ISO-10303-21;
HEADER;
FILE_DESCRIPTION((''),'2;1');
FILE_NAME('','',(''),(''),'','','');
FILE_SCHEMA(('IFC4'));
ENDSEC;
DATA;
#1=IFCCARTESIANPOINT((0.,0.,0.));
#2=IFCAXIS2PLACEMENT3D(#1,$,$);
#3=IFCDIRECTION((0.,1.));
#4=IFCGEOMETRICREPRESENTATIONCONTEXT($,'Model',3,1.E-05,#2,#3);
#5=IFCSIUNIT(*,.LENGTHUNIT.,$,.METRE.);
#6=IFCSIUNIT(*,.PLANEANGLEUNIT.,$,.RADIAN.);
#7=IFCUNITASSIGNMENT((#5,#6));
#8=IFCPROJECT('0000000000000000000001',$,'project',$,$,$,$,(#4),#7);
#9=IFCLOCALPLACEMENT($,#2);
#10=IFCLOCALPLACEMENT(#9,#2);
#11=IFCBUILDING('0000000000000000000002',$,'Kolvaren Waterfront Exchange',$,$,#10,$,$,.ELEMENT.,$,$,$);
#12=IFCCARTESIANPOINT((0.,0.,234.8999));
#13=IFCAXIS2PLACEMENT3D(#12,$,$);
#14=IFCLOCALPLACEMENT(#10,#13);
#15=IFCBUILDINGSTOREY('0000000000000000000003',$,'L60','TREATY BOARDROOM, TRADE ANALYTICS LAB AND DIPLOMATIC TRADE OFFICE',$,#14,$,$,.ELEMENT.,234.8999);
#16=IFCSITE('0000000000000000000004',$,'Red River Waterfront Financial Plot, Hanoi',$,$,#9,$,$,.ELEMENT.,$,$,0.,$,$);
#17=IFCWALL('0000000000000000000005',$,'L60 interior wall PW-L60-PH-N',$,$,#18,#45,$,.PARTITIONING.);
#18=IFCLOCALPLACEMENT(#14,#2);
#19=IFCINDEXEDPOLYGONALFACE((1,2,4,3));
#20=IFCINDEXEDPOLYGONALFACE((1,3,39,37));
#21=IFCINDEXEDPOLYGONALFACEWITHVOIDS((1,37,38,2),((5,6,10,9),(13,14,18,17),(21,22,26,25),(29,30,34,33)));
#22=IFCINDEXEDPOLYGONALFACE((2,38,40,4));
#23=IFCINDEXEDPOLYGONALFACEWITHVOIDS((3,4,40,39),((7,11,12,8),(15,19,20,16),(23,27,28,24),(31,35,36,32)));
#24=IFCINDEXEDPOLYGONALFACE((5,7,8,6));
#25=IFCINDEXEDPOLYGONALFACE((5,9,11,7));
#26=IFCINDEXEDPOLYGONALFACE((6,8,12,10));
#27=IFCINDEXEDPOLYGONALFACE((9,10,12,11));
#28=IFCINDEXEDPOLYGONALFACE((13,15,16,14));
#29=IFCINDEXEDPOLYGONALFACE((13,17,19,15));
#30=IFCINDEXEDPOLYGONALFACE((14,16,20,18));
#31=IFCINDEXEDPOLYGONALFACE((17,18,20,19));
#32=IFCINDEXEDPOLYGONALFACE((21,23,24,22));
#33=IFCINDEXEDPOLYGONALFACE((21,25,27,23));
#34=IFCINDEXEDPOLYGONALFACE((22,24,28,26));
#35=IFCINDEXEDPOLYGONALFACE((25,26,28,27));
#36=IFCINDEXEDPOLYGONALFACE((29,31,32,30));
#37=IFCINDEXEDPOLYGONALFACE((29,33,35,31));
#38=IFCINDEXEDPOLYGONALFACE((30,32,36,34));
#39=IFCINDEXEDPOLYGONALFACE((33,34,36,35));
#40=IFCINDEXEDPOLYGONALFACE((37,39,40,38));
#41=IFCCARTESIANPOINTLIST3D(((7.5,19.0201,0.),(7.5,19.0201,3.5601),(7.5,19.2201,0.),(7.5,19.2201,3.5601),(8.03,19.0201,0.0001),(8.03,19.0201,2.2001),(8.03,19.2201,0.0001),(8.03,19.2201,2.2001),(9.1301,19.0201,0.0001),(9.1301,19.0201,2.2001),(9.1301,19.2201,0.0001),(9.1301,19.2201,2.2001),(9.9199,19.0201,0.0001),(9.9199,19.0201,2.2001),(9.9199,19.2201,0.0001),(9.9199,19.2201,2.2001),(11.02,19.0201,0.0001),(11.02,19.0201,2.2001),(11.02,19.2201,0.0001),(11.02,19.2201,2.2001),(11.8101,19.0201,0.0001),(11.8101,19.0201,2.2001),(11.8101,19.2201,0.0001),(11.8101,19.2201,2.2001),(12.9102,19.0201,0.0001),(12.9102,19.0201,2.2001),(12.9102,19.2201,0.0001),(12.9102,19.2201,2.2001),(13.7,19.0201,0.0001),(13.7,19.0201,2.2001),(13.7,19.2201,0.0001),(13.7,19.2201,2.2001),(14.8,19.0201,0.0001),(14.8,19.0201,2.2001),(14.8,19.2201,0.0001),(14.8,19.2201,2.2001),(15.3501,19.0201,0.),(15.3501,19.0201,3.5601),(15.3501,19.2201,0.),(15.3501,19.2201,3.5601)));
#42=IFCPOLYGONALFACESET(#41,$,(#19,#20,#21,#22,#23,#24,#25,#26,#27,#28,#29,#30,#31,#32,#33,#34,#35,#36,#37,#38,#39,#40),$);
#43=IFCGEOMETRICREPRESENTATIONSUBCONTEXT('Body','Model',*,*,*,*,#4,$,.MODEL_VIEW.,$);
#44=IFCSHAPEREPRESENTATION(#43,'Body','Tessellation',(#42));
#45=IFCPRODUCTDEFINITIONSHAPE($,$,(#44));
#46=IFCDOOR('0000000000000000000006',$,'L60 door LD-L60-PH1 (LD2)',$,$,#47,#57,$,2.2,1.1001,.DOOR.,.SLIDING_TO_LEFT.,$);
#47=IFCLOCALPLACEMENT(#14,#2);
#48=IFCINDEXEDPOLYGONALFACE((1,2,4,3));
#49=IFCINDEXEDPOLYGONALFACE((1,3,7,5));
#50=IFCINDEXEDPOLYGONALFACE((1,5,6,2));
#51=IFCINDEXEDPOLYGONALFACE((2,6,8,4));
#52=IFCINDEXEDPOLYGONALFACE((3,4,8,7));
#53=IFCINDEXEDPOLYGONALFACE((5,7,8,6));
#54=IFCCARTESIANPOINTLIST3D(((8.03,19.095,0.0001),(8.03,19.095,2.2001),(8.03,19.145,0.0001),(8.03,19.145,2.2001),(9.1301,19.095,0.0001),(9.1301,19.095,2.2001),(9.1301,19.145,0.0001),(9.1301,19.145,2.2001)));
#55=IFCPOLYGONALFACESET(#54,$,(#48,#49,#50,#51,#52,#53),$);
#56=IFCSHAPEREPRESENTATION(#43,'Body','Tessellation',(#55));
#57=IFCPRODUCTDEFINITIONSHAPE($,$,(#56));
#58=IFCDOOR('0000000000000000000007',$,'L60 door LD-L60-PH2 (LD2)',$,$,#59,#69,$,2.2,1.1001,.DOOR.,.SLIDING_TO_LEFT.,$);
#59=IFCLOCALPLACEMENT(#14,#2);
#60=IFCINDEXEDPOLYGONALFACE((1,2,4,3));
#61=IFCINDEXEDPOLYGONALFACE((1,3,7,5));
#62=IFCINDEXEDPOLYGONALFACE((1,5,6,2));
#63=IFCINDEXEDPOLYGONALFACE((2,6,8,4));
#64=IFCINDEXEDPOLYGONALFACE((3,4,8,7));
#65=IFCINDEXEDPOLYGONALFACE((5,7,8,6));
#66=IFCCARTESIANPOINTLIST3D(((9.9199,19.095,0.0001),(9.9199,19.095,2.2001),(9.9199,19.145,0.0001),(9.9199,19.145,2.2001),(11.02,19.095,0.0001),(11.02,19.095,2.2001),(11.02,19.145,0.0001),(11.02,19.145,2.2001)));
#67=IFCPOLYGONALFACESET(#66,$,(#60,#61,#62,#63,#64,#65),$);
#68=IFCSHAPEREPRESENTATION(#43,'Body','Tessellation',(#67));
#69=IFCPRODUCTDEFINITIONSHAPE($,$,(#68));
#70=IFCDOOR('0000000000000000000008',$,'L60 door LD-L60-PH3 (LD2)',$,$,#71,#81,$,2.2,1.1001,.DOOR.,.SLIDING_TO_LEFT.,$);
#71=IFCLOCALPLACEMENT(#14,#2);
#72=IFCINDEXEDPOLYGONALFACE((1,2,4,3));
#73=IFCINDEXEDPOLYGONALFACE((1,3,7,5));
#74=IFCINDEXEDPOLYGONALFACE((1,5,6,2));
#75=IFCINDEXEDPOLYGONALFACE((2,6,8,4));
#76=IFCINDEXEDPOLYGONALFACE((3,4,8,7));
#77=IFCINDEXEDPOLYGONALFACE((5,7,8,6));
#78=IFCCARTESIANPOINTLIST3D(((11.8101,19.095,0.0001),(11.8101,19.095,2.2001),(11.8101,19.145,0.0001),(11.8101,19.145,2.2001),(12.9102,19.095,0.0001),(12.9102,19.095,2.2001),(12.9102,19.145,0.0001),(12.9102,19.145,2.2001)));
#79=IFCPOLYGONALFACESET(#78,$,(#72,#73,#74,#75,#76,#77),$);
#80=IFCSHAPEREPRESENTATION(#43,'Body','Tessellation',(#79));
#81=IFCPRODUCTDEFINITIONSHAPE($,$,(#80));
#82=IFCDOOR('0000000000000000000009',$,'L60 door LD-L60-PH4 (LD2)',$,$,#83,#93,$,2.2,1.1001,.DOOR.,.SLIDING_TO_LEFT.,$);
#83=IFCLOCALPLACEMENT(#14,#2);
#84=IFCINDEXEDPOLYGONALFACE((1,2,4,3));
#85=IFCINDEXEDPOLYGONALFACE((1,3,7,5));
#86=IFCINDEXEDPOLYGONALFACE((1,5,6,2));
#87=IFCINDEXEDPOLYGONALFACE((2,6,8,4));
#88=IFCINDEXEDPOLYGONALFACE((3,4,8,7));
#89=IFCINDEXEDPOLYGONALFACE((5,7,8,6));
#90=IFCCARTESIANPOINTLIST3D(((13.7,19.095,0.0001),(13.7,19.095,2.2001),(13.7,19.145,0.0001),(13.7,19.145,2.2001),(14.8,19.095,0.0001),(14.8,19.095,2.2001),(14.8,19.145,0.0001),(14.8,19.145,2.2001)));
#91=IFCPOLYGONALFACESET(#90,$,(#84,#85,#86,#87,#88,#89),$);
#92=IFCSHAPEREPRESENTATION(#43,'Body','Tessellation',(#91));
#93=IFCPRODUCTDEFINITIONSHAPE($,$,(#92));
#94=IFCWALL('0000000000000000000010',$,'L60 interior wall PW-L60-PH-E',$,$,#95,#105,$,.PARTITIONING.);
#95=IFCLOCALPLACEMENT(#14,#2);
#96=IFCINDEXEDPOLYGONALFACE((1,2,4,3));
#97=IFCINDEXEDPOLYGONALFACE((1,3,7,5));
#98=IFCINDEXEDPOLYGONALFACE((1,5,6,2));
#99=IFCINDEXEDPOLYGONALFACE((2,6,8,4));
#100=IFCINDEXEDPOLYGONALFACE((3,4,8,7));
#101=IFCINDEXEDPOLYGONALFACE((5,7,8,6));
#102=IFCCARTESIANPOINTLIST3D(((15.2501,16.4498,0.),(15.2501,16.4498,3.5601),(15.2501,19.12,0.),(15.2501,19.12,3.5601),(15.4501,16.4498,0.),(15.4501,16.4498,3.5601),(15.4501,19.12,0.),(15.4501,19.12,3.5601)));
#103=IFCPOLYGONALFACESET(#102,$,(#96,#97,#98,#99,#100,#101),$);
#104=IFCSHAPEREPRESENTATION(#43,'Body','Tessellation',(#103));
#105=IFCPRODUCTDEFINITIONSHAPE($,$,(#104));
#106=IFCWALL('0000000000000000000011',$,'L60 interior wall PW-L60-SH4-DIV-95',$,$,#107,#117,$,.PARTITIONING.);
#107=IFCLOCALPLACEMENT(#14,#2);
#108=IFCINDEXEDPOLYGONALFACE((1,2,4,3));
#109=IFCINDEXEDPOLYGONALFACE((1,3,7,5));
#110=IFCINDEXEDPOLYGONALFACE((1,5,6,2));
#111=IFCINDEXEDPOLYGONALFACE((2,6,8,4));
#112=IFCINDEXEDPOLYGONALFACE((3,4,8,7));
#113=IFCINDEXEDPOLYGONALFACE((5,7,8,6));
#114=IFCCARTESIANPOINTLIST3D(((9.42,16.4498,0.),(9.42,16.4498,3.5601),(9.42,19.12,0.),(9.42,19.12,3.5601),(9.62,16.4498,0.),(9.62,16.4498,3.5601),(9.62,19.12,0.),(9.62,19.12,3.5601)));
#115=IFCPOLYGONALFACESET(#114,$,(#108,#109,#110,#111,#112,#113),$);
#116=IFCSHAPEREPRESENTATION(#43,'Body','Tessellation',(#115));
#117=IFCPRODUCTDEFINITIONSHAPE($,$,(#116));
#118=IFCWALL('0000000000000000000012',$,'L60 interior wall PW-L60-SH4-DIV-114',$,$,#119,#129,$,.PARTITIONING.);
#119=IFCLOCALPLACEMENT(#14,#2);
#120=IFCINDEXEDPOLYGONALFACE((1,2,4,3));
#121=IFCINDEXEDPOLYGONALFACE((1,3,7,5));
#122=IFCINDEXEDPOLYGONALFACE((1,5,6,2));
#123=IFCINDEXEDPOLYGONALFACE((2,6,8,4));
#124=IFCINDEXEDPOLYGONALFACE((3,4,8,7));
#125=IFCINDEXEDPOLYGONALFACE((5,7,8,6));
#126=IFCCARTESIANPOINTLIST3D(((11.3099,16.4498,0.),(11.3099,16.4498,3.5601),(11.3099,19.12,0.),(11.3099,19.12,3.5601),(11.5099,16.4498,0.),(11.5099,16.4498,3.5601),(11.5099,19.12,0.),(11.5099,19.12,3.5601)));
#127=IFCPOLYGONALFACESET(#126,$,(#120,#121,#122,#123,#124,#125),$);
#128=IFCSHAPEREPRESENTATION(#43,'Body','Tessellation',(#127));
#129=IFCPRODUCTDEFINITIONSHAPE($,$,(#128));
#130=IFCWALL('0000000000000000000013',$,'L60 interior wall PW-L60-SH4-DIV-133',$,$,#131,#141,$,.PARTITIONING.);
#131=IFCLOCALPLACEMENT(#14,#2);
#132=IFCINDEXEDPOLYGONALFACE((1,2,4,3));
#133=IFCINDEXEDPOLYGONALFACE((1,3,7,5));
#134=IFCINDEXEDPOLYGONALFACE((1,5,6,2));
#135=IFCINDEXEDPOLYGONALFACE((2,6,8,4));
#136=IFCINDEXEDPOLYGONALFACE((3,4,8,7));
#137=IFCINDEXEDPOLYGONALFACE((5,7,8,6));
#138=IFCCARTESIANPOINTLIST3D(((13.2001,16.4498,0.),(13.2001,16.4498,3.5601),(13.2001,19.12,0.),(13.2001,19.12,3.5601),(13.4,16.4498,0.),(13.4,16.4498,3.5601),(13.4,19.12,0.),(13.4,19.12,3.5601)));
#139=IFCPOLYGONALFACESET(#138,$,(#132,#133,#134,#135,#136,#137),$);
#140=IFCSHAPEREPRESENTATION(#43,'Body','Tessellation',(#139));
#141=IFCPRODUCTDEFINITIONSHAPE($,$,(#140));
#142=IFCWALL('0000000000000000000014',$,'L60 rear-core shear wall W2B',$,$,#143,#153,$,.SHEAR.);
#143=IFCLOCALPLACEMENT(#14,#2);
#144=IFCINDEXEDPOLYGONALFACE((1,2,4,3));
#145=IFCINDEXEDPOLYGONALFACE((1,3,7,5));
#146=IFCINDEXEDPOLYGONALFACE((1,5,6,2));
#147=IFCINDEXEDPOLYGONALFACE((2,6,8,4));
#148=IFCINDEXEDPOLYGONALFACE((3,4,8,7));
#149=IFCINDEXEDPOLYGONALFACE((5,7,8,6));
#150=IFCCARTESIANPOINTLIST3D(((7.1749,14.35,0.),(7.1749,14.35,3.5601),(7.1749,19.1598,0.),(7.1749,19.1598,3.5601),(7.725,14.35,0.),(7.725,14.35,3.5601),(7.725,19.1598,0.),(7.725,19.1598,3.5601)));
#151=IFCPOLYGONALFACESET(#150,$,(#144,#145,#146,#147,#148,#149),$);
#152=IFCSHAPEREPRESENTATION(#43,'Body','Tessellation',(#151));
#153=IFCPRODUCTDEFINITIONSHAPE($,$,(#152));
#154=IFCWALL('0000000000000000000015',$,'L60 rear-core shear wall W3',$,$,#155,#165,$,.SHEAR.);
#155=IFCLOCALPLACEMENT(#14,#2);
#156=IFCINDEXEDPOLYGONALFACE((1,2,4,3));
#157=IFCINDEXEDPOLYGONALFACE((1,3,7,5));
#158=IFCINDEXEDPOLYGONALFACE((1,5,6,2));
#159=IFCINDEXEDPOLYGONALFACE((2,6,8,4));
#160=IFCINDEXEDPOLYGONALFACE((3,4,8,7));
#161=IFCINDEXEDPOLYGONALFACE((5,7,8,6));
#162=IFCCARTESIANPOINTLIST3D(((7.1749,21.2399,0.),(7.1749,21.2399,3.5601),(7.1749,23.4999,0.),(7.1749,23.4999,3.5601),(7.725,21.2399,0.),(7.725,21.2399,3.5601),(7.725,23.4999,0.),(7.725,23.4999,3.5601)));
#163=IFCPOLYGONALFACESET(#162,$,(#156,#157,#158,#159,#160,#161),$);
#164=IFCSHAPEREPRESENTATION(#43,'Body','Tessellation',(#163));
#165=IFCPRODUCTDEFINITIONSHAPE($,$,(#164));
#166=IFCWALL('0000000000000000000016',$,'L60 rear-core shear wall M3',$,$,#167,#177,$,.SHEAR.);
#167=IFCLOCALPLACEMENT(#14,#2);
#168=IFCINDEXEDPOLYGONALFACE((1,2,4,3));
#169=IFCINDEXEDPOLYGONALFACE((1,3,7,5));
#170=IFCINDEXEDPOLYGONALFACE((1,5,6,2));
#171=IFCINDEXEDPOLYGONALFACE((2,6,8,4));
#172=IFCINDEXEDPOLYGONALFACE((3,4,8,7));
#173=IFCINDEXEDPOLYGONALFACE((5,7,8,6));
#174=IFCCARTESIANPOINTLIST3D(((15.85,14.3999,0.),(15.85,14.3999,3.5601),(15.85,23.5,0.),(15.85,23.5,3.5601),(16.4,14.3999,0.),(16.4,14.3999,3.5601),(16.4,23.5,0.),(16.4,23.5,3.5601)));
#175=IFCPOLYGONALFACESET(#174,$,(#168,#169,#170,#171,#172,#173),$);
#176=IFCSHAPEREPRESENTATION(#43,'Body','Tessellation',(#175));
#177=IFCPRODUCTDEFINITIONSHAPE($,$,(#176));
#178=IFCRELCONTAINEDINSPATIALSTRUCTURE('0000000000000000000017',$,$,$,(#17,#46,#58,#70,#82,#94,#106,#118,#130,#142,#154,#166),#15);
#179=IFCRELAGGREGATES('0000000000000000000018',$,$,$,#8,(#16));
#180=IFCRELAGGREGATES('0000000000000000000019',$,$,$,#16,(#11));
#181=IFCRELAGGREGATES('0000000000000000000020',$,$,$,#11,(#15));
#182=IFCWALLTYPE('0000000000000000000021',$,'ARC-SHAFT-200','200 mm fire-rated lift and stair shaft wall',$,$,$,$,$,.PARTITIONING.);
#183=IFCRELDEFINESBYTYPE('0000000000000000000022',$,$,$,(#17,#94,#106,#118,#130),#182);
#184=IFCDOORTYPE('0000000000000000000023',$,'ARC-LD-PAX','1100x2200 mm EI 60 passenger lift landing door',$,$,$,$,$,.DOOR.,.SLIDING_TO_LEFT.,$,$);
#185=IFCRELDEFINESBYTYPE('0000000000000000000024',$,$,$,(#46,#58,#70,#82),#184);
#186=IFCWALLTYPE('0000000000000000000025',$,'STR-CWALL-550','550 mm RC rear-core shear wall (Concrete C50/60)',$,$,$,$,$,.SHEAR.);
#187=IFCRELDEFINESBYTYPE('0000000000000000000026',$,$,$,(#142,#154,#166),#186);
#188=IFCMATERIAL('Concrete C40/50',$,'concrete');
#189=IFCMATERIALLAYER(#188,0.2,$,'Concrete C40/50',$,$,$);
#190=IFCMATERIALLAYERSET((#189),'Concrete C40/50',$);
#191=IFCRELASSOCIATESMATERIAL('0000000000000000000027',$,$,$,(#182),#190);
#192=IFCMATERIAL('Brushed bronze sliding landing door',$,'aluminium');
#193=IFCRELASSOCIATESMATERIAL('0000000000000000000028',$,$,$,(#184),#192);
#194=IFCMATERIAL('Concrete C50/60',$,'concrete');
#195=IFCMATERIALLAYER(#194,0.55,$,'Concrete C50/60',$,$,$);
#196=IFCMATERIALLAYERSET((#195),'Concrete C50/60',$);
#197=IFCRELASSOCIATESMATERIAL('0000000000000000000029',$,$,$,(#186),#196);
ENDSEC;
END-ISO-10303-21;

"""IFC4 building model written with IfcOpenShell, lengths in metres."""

from ifc_helpers import new_model, si_unit, direction, frame, frame_2d, origin, place, context, subcontext, project, spatial, rectangle, extrude, material, layer, layer_set, type_object, element, fill, save


model = new_model("IFC4")

# Units and contexts
model_context = context("Model", 3, precision=1e-05, world=origin(), true_north=direction((0.0, 1.0)))
body_context = subcontext(model_context, "Body", "Model", "MODEL_VIEW")
ifc_project = project(units=[si_unit("LENGTHUNIT", "METRE"), si_unit("PLANEANGLEUNIT", "RADIAN")], contexts=[model_context])

# Site, building, storey
site_placement = place(None, origin())
site = spatial("IfcSite", under=ifc_project, at=site_placement, Name="Red River Waterfront Financial Plot, Hanoi", CompositionType="ELEMENT", RefElevation=0.0)
building_placement = place(site_placement, origin())
building = spatial("IfcBuilding", under=site, at=building_placement, Name="Kolvaren Waterfront Exchange", CompositionType="ELEMENT")
storey_placement = place(building_placement, frame((0.0, 0.0, 234.8999)))
storey = spatial("IfcBuildingStorey", under=building, at=storey_placement, Name="L60", Description="TREATY BOARDROOM, TRADE ANALYTICS LAB AND DIPLOMATIC TRADE OFFICE", CompositionType="ELEMENT", Elevation=234.8999)

# Shared definitions
ifc_material_1 = material(Name="Concrete C40/50", Category="concrete")
ifc_layer_1 = layer(ifc_material_1, 0.2, Name="Concrete C40/50")
ifc_layer_set_1 = layer_set([ifc_layer_1], Name="Concrete C40/50")
wall_type_1 = type_object("IfcWallType", Name="ARC-SHAFT-200", Description="200 mm fire-rated lift and stair shaft wall", PredefinedType="PARTITIONING", material=ifc_layer_set_1)

# Wall, openings, doors
wall_1_placement = place(storey_placement, frame((7.5, 19.1201, 0.0), z_axis=(0.0, 0.0, 1.0), x_axis=(1.0, 0.0, 0.0)))
wall_1 = element("IfcWall", 1, at=wall_1_placement, inside=storey, type_object=wall_type_1, Name="L60 interior wall PW-L60-PH-N", PredefinedType="PARTITIONING", context=body_context, shape_type="SweptSolid", body=[
    extrude(rectangle(XDim=7.8501, YDim=0.2, at=frame_2d((3.925, 0.0))), origin(), (0.0, 0.0, 1.0), 3.5601),
])
opening_1_placement = place(wall_1_placement, frame((0.53, 0.0, 0.0)))
opening_1 = element("IfcOpeningElement", 2, at=opening_1_placement, cuts=wall_1, PredefinedType="OPENING", context=body_context, shape_type="SweptSolid", body=[
    extrude(rectangle(XDim=1.1001, YDim=2.2, at=frame_2d((0.55, 1.1001))), frame((0.0, 0.1099, 0.0), z_axis=(0.0, -1.0, 0.0), x_axis=(1.0, 0.0, 0.0)), (0.0, 0.0, 1.0), 0.22),
])
opening_2_placement = place(wall_1_placement, frame((2.4199, 0.0, 0.0)))
opening_2 = element("IfcOpeningElement", 3, at=opening_2_placement, cuts=wall_1, PredefinedType="OPENING", context=body_context, shape_type="SweptSolid", body=[
    extrude(rectangle(XDim=1.1001, YDim=2.2, at=frame_2d((0.55, 1.1001))), frame((0.0, 0.1099, 0.0), z_axis=(0.0, -1.0, 0.0), x_axis=(1.0, 0.0, 0.0)), (0.0, 0.0, 1.0), 0.22),
])
opening_3_placement = place(wall_1_placement, frame((4.3101, 0.0, 0.0)))
opening_3 = element("IfcOpeningElement", 4, at=opening_3_placement, cuts=wall_1, PredefinedType="OPENING", context=body_context, shape_type="SweptSolid", body=[
    extrude(rectangle(XDim=1.1001, YDim=2.2, at=frame_2d((0.55, 1.1001))), frame((0.0, 0.1099, 0.0), z_axis=(0.0, -1.0, 0.0), x_axis=(1.0, 0.0, 0.0)), (0.0, 0.0, 1.0), 0.22),
])
opening_4_placement = place(wall_1_placement, frame((6.2, 0.0, 0.0)))
opening_4 = element("IfcOpeningElement", 5, at=opening_4_placement, cuts=wall_1, PredefinedType="OPENING", context=body_context, shape_type="SweptSolid", body=[
    extrude(rectangle(XDim=1.1001, YDim=2.2, at=frame_2d((0.55, 1.1001))), frame((0.0, 0.1099, 0.0), z_axis=(0.0, -1.0, 0.0), x_axis=(1.0, 0.0, 0.0)), (0.0, 0.0, 1.0), 0.22),
])
ifc_material_2 = material(Name="Brushed bronze sliding landing door", Category="aluminium")
door_type_1 = type_object("IfcDoorType", Name="ARC-LD-PAX", Description="1100x2200 mm EI 60 passenger lift landing door", OperationType="SLIDING_TO_LEFT", PredefinedType="DOOR", material=ifc_material_2)
door_1_placement = place(opening_1_placement, origin())
door_1 = element("IfcDoor", 6, at=door_1_placement, inside=storey, type_object=door_type_1, Name="L60 door LD-L60-PH1 (LD2)", OperationType="SLIDING_TO_LEFT", OverallHeight=2.2, OverallWidth=1.1001, PredefinedType="DOOR", context=body_context, shape_type="SweptSolid", body=[
    extrude(rectangle(XDim=1.1001, YDim=2.2, at=frame_2d((0.55, 1.1001))), frame((0.0, 0.0249, 0.0), z_axis=(0.0, -1.0, 0.0), x_axis=(1.0, 0.0, 0.0)), (0.0, 0.0, 1.0), 0.05),
])
fill(opening_1, door_1)
door_2_placement = place(opening_2_placement, origin())
door_2 = element("IfcDoor", 7, at=door_2_placement, inside=storey, type_object=door_type_1, Name="L60 door LD-L60-PH2 (LD2)", OperationType="SLIDING_TO_LEFT", OverallHeight=2.2, OverallWidth=1.1001, PredefinedType="DOOR", context=body_context, shape_type="SweptSolid", body=[
    extrude(rectangle(XDim=1.1001, YDim=2.2, at=frame_2d((0.55, 1.1001))), frame((0.0, 0.0249, 0.0), z_axis=(0.0, -1.0, 0.0), x_axis=(1.0, 0.0, 0.0)), (0.0, 0.0, 1.0), 0.05),
])
fill(opening_2, door_2)
door_3_placement = place(opening_3_placement, origin())
door_3 = element("IfcDoor", 8, at=door_3_placement, inside=storey, type_object=door_type_1, Name="L60 door LD-L60-PH3 (LD2)", OperationType="SLIDING_TO_LEFT", OverallHeight=2.2, OverallWidth=1.1001, PredefinedType="DOOR", context=body_context, shape_type="SweptSolid", body=[
    extrude(rectangle(XDim=1.1001, YDim=2.2, at=frame_2d((0.55, 1.1001))), frame((0.0, 0.0249, 0.0), z_axis=(0.0, -1.0, 0.0), x_axis=(1.0, 0.0, 0.0)), (0.0, 0.0, 1.0), 0.05),
])
fill(opening_3, door_3)
door_4_placement = place(opening_4_placement, origin())
door_4 = element("IfcDoor", 9, at=door_4_placement, inside=storey, type_object=door_type_1, Name="L60 door LD-L60-PH4 (LD2)", OperationType="SLIDING_TO_LEFT", OverallHeight=2.2, OverallWidth=1.1001, PredefinedType="DOOR", context=body_context, shape_type="SweptSolid", body=[
    extrude(rectangle(XDim=1.1001, YDim=2.2, at=frame_2d((0.55, 1.1001))), frame((0.0, 0.0249, 0.0), z_axis=(0.0, -1.0, 0.0), x_axis=(1.0, 0.0, 0.0)), (0.0, 0.0, 1.0), 0.05),
])
fill(opening_4, door_4)

# Walls
for number, where, z_axis, x_axis, name in (
    (10, (15.3501, 16.45, 0.0), (0.0, 0.0, 1.0), (0.0, 1.0, 0.0), "L60 interior wall PW-L60-PH-E"),
    (11, (9.52, 16.45, 0.0), (0.0, 0.0, 1.0), (0.0, 1.0, 0.0), "L60 interior wall PW-L60-SH4-DIV-95"),
    (12, (11.4099, 16.45, 0.0), (0.0, 0.0, 1.0), (0.0, 1.0, 0.0), "L60 interior wall PW-L60-SH4-DIV-114"),
    (13, (13.3, 16.45, 0.0), (0.0, 0.0, 1.0), (0.0, 1.0, 0.0), "L60 interior wall PW-L60-SH4-DIV-133"),
):
    element("IfcWall", number, at=place(storey_placement, frame(where, z_axis=z_axis, x_axis=x_axis)), inside=storey, type_object=wall_type_1, Name=name, PredefinedType="PARTITIONING", context=body_context, shape_type="SweptSolid", body=[
        extrude(rectangle(XDim=2.6702, YDim=0.2, at=frame_2d((1.335, 0.0))), origin(), (0.0, 0.0, 1.0), 3.5601),
    ])
ifc_material_3 = material(Name="Concrete C50/60", Category="concrete")
ifc_layer_2 = layer(ifc_material_3, 0.55, Name="Concrete C50/60")
ifc_layer_set_2 = layer_set([ifc_layer_2], Name="Concrete C50/60")
wall_type_2 = type_object("IfcWallType", Name="STR-CWALL-550", Description="550 mm RC rear-core shear wall (Concrete C50/60)", PredefinedType="SHEAR", material=ifc_layer_set_2)
wall_2_placement = place(storey_placement, frame((7.45, 14.3501, 0.0), z_axis=(0.0, 0.0, 1.0), x_axis=(0.0, 1.0, 0.0)))
element("IfcWall", 14, at=wall_2_placement, inside=storey, type_object=wall_type_2, Name="L60 rear-core shear wall W2B", PredefinedType="SHEAR", context=body_context, shape_type="SweptSolid", body=[
    extrude(rectangle(XDim=4.8098, YDim=0.55, at=frame_2d((2.4048, 0.0))), origin(), (0.0, 0.0, 1.0), 3.5601),
])
wall_3_placement = place(storey_placement, frame((7.45, 21.24, 0.0), z_axis=(0.0, 0.0, 1.0), x_axis=(0.0, 1.0, 0.0)))
element("IfcWall", 15, at=wall_3_placement, inside=storey, type_object=wall_type_2, Name="L60 rear-core shear wall W3", PredefinedType="SHEAR", context=body_context, shape_type="SweptSolid", body=[
    extrude(rectangle(XDim=2.26, YDim=0.55, at=frame_2d((1.1299, 0.0))), origin(), (0.0, 0.0, 1.0), 3.5601),
])
wall_4_placement = place(storey_placement, frame((16.125, 14.3999, 0.0), z_axis=(0.0, 0.0, 1.0), x_axis=(0.0, 1.0, 0.0)))
element("IfcWall", 16, at=wall_4_placement, inside=storey, type_object=wall_type_2, Name="L60 rear-core shear wall M3", PredefinedType="SHEAR", context=body_context, shape_type="SweptSolid", body=[
    extrude(rectangle(XDim=9.1001, YDim=0.55, at=frame_2d((4.55, 0.0))), origin(), (0.0, 0.0, 1.0), 3.5601),
])

save(model, "model.ifc")
